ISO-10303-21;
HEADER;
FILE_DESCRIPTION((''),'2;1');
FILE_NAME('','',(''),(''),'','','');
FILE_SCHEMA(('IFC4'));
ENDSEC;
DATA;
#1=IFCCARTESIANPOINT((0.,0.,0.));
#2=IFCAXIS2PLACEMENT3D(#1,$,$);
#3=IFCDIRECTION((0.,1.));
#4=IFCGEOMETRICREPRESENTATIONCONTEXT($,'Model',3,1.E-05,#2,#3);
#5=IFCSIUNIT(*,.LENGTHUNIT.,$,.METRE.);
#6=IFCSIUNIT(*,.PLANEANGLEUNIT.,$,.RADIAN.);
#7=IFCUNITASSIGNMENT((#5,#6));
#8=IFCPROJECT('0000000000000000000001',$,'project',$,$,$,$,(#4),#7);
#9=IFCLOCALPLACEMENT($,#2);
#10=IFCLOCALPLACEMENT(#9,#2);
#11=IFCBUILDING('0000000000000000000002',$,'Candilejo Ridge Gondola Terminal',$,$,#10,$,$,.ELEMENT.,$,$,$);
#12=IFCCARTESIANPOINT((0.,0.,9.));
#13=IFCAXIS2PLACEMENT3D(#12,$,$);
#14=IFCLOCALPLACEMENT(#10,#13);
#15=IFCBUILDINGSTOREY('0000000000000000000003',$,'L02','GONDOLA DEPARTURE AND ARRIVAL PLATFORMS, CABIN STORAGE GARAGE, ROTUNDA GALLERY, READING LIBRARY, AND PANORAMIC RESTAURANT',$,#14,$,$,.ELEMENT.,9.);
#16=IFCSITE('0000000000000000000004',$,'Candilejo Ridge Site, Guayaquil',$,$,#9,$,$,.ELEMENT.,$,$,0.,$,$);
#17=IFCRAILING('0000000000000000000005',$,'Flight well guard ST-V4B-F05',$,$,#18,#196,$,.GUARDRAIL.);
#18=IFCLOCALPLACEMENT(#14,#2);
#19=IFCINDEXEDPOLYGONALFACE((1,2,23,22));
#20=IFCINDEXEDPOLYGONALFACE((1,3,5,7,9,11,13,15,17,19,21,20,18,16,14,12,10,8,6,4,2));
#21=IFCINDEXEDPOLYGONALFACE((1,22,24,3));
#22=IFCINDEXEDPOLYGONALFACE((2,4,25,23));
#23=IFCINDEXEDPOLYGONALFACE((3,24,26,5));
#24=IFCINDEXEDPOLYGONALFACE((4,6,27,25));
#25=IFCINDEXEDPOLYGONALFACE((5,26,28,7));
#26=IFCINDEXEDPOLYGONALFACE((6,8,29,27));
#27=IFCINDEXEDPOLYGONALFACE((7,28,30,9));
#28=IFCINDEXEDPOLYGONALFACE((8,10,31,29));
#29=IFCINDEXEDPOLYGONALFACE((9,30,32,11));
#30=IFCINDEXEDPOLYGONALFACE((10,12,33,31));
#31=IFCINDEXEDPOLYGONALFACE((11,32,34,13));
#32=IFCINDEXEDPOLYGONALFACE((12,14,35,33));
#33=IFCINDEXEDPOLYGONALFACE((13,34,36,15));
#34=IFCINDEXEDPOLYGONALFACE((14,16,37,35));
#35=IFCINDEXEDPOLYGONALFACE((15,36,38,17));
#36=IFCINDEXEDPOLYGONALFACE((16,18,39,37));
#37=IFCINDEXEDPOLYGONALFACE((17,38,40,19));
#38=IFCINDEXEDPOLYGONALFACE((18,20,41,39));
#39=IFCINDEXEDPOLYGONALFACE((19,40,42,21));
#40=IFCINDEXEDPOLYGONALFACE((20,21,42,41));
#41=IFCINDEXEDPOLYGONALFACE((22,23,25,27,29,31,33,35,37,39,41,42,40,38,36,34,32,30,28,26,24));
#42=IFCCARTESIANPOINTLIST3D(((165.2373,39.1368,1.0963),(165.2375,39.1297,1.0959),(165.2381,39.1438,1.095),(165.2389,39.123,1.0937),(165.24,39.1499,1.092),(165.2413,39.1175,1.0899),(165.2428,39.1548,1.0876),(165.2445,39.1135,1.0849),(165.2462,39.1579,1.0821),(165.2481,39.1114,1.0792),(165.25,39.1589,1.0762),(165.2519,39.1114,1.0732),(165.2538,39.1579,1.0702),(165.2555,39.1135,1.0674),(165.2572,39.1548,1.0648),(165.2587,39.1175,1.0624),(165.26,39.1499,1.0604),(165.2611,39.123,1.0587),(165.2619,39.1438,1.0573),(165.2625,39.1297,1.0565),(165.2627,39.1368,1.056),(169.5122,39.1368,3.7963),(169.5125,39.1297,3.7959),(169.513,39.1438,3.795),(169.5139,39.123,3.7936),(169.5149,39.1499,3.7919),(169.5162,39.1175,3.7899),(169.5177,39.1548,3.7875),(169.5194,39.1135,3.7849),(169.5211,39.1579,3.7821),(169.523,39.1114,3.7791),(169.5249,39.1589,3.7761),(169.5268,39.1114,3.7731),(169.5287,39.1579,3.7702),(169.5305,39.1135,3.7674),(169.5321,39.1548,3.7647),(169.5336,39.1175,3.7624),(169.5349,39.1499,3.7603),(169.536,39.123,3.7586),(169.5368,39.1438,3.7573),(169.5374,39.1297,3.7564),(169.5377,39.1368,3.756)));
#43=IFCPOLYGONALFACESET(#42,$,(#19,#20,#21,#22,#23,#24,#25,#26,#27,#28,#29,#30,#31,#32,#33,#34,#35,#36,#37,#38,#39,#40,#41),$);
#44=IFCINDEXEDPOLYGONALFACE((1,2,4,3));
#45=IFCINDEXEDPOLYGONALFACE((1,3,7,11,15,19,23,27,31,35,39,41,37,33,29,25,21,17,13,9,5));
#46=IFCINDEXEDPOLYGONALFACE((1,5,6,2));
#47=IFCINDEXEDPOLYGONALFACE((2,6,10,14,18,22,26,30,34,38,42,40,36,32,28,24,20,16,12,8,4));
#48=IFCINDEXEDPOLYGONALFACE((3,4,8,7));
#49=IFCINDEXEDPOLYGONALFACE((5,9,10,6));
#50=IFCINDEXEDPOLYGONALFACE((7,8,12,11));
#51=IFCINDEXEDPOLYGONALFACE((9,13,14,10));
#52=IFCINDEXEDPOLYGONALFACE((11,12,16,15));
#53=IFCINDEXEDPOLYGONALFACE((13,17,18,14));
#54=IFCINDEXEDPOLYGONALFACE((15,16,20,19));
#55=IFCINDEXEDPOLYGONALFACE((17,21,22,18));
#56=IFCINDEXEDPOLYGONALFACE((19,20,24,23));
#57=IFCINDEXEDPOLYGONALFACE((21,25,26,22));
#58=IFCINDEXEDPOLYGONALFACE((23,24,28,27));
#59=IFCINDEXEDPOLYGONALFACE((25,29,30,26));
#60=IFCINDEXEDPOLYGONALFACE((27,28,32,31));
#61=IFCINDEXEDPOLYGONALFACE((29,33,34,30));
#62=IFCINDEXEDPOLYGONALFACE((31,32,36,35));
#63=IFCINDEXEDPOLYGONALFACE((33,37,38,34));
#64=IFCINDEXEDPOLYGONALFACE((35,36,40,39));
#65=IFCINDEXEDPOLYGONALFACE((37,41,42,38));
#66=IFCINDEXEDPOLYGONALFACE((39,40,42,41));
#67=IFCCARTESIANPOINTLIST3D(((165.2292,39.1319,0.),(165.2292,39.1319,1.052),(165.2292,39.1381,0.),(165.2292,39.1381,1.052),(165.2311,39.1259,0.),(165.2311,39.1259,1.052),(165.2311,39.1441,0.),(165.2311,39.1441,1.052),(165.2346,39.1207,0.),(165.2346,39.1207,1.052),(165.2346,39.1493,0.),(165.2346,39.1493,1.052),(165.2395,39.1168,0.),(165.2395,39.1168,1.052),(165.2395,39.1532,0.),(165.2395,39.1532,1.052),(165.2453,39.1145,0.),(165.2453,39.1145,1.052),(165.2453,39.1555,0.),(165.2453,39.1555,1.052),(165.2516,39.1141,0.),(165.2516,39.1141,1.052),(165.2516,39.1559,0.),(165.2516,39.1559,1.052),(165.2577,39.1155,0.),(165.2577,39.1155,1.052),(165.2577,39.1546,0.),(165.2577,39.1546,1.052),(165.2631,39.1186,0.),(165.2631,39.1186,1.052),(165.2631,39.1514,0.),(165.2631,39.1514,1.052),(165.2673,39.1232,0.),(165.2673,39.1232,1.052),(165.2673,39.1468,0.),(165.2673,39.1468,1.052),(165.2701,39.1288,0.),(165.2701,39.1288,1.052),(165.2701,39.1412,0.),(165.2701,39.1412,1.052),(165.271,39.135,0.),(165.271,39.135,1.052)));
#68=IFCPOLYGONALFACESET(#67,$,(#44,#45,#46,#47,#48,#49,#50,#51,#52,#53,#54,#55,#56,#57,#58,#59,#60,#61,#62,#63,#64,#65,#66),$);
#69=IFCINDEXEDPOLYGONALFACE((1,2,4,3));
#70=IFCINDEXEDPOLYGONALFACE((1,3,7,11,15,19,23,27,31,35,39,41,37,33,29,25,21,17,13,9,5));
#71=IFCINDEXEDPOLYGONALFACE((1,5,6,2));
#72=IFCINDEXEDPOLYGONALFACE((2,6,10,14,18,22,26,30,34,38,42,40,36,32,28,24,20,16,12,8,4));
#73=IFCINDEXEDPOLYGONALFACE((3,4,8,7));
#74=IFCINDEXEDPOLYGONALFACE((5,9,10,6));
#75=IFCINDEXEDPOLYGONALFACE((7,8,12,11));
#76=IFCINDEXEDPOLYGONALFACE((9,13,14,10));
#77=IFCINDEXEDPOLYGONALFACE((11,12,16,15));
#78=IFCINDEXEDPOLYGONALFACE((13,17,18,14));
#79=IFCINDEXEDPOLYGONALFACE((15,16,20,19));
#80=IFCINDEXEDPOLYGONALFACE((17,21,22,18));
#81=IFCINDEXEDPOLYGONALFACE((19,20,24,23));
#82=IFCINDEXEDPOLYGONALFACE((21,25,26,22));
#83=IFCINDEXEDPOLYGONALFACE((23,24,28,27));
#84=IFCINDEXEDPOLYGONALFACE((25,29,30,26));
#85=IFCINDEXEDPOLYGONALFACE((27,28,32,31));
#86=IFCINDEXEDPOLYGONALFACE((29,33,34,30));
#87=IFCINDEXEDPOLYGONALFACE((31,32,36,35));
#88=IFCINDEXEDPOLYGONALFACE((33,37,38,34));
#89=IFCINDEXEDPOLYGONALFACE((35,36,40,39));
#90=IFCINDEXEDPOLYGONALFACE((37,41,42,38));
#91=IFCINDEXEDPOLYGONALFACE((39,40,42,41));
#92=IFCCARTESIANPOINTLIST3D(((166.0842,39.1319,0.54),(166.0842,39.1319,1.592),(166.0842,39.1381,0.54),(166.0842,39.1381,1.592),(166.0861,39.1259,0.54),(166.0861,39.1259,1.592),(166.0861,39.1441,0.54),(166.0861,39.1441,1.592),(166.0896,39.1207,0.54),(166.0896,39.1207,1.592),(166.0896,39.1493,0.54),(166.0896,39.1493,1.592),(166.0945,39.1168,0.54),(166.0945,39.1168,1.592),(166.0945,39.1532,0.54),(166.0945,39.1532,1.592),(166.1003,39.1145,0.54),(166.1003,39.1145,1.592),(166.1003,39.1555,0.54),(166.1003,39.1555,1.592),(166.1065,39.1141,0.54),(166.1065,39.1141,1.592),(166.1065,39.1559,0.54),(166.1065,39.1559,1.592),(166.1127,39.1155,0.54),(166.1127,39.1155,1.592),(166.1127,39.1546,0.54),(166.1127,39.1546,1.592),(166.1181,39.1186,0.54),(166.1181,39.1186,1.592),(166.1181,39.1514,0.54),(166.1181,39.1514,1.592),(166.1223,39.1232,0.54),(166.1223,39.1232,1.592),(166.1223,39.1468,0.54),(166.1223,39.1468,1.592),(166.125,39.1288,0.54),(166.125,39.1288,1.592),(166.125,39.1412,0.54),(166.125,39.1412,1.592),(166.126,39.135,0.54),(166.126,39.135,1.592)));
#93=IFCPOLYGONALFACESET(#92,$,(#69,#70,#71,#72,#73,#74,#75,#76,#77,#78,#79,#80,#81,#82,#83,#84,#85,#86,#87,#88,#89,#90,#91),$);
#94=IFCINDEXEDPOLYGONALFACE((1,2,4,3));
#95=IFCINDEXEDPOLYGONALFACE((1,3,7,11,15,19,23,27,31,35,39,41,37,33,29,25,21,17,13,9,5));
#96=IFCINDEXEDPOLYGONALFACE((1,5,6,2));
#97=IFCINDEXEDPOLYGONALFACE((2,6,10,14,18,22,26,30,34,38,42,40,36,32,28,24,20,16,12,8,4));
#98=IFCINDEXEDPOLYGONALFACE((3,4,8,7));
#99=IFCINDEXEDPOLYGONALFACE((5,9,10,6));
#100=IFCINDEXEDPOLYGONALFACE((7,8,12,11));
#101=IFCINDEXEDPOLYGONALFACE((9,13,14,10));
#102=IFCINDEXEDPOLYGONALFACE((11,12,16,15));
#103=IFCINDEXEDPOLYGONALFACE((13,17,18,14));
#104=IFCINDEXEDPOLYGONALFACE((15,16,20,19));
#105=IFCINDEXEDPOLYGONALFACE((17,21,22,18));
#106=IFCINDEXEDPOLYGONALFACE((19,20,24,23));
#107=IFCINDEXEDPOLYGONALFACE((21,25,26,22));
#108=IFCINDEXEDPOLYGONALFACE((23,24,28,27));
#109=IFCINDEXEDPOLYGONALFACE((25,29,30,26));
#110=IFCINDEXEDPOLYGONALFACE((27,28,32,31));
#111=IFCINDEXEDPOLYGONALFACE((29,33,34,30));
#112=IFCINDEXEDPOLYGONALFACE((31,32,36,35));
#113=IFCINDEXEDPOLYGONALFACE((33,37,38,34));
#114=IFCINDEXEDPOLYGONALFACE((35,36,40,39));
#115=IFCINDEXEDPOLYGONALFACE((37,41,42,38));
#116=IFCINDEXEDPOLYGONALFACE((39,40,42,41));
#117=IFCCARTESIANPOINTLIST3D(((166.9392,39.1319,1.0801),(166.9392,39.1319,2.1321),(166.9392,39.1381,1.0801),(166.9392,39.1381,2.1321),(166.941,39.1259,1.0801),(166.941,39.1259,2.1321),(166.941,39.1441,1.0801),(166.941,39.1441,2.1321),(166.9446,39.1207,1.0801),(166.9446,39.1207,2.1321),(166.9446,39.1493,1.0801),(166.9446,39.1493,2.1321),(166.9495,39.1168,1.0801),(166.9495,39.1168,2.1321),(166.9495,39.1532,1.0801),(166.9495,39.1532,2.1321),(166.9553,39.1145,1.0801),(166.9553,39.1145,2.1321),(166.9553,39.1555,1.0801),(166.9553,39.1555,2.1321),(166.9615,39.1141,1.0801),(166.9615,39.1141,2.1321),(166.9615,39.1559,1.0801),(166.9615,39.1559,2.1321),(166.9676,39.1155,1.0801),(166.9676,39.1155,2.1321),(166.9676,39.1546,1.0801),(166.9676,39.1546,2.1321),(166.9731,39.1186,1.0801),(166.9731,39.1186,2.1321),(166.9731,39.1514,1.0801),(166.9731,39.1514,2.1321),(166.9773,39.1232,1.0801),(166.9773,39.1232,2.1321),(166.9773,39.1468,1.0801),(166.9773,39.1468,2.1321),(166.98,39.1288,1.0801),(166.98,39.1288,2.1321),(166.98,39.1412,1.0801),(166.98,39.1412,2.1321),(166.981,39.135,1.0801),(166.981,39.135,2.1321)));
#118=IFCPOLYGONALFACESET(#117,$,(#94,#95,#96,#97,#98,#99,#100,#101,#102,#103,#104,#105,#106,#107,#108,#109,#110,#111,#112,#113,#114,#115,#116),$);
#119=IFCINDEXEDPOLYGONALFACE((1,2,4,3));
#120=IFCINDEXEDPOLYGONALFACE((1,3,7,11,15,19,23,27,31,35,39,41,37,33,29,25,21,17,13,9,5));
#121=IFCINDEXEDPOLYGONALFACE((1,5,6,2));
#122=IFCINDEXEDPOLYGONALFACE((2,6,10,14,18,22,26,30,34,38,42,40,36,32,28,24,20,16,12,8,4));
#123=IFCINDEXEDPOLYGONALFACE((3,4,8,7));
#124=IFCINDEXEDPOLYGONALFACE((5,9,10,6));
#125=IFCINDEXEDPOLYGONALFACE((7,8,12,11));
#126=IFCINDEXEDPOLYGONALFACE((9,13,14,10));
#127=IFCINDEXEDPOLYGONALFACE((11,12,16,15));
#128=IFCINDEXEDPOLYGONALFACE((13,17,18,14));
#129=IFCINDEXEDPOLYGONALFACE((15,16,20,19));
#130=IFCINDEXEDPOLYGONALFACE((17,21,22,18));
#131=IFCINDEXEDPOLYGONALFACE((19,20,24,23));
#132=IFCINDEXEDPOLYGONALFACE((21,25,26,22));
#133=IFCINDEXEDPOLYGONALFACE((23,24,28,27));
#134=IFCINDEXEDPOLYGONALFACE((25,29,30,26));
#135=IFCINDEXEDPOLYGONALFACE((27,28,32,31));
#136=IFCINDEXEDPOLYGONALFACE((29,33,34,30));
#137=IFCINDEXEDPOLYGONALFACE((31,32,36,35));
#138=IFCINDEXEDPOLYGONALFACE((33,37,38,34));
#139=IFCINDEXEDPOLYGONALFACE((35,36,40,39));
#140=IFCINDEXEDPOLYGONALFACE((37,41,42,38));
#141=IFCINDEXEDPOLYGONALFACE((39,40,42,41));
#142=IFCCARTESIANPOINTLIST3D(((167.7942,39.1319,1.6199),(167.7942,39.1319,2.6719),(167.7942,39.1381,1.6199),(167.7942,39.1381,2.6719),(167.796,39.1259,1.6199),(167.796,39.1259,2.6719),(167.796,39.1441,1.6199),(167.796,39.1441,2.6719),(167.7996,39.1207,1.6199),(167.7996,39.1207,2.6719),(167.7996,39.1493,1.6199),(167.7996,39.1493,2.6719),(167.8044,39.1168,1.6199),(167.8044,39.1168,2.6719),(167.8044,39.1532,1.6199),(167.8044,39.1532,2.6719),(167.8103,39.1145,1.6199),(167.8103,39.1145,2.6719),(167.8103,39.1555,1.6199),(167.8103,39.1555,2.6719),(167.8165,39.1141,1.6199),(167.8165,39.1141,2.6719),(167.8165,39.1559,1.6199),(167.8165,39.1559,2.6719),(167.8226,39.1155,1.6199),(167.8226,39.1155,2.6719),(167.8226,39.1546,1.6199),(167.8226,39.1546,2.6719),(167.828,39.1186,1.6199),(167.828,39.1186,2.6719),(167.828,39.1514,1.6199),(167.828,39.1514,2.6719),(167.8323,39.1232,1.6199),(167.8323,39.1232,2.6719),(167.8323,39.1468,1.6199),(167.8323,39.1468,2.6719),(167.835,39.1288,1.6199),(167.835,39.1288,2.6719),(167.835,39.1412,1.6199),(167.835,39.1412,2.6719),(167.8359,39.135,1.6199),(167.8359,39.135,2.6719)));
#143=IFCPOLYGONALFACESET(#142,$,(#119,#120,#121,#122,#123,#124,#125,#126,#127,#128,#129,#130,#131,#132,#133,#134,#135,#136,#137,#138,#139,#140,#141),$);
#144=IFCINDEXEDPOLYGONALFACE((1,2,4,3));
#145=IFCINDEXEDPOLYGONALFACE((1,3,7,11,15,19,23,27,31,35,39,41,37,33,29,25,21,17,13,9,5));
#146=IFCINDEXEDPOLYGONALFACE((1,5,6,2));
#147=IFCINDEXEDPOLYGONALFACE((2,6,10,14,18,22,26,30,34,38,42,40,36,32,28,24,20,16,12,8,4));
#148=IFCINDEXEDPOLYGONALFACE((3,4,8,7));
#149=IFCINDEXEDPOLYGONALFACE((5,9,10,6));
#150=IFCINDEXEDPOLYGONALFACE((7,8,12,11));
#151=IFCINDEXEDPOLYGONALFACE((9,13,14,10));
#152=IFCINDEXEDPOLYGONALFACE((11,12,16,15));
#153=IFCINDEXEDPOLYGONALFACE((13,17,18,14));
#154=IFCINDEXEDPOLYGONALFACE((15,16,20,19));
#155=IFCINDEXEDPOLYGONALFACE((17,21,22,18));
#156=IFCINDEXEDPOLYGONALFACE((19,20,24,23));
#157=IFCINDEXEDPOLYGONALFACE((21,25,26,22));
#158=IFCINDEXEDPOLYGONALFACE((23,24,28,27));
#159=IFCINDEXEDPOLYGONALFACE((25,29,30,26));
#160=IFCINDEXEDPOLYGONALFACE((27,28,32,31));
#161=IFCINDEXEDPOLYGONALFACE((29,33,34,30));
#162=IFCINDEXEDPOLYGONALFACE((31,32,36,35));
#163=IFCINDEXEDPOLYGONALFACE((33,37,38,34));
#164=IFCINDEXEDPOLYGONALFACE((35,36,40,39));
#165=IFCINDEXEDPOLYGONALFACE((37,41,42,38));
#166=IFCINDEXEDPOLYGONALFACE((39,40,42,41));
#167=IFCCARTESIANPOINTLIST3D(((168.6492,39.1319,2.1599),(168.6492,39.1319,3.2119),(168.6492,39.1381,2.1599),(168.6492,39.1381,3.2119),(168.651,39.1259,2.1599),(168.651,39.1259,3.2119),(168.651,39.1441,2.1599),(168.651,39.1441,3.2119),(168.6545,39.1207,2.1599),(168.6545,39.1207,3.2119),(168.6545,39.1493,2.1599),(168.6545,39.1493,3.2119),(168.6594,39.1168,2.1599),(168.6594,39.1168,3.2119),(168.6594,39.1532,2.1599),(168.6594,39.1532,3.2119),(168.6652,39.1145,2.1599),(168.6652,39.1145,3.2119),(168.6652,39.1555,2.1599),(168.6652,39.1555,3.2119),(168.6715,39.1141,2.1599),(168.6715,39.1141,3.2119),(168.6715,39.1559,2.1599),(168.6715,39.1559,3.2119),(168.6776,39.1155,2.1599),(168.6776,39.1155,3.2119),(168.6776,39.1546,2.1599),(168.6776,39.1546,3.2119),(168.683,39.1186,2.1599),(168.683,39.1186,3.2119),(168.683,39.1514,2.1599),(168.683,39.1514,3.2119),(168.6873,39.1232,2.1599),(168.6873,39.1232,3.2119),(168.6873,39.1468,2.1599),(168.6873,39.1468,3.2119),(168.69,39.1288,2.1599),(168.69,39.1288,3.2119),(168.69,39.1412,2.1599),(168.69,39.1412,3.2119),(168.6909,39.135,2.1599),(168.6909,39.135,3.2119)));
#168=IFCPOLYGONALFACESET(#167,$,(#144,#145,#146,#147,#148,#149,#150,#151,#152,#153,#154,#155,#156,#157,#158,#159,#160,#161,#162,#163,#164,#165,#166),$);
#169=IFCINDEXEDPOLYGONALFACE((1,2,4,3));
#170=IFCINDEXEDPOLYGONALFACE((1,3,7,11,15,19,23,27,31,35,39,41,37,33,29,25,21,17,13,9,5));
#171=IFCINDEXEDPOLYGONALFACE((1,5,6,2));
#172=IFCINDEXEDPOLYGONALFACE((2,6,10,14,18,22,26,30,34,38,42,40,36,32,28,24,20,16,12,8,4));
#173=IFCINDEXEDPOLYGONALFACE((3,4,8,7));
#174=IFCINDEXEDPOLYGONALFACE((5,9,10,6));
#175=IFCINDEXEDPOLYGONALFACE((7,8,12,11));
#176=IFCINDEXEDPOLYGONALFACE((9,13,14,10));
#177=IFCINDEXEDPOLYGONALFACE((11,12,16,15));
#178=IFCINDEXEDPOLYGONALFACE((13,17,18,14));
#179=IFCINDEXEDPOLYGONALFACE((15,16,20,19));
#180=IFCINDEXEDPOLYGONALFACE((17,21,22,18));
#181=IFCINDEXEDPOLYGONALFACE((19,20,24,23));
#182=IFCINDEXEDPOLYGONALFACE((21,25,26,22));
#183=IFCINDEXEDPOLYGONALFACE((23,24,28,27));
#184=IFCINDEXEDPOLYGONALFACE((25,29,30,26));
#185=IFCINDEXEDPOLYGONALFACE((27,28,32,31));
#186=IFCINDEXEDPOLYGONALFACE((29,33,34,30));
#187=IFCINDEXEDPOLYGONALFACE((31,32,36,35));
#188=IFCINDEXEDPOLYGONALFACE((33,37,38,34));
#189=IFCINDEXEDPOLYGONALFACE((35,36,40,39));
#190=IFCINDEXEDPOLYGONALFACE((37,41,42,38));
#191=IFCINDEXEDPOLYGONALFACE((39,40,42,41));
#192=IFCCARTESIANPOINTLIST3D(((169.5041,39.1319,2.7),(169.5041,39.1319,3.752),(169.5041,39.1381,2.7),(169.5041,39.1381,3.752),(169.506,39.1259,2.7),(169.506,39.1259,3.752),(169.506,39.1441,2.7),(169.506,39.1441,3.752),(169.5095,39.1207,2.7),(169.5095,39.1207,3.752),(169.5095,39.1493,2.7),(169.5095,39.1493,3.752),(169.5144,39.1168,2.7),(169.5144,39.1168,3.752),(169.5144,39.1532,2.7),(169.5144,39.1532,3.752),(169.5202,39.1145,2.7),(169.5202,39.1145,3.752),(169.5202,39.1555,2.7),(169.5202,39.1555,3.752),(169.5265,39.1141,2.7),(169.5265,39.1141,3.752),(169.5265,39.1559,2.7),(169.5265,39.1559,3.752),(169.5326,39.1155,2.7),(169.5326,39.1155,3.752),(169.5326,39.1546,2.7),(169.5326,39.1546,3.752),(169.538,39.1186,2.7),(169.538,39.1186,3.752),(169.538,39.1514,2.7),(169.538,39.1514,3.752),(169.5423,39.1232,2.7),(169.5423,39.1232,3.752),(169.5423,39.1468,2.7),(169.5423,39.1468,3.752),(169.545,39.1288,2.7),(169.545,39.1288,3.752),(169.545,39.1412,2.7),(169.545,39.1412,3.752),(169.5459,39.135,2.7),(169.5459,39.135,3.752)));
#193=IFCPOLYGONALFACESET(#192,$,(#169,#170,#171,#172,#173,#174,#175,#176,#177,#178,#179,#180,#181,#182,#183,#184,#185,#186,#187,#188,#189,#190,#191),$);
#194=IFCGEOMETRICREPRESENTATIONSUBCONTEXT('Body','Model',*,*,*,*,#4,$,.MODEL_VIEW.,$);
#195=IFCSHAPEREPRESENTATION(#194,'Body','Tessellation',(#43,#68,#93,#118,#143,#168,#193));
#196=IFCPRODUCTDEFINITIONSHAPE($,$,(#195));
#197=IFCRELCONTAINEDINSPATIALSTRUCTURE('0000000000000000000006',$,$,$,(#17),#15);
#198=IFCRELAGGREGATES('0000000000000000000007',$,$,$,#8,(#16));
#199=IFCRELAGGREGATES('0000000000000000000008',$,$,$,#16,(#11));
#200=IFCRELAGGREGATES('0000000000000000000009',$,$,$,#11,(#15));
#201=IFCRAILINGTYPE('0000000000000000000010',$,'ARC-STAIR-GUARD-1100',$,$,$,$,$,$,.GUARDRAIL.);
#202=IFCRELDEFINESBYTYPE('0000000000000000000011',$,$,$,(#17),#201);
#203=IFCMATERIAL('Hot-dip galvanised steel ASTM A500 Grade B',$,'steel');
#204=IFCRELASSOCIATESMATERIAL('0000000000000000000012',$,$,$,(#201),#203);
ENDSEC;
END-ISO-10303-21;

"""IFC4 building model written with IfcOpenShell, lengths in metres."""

from ifc_helpers import new_model, si_unit, direction, frame, origin, origin_2d, place, context, subcontext, project, spatial, circle, extrude, material, type_object, element, save


model = new_model("IFC4")

# Units and contexts
model_context = context("Model", 3, precision=1e-05, world=origin(), true_north=direction((0.0, 1.0)))
body_context = subcontext(model_context, "Body", "Model", "MODEL_VIEW")
ifc_project = project(units=[si_unit("LENGTHUNIT", "METRE"), si_unit("PLANEANGLEUNIT", "RADIAN")], contexts=[model_context])

# Site, building, storey
site_placement = place(None, origin())
site = spatial("IfcSite", under=ifc_project, at=site_placement, Name="Candilejo Ridge Site, Guayaquil", CompositionType="ELEMENT", RefElevation=0.0)
building_placement = place(site_placement, origin())
building = spatial("IfcBuilding", under=site, at=building_placement, Name="Candilejo Ridge Gondola Terminal", CompositionType="ELEMENT")
storey_placement = place(building_placement, frame((0.0, 0.0, 9.0)))
storey = spatial("IfcBuildingStorey", under=building, at=storey_placement, Name="L02", Description="GONDOLA DEPARTURE AND ARRIVAL PLATFORMS, CABIN STORAGE GARAGE, ROTUNDA GALLERY, READING LIBRARY, AND PANORAMIC RESTAURANT", CompositionType="ELEMENT", Elevation=9.0)

# Railing
ifc_material_1 = material(Name="Hot-dip galvanised steel ASTM A500 Grade B", Category="steel")
railing_type_1 = type_object("IfcRailingType", Name="ARC-STAIR-GUARD-1100", PredefinedType="GUARDRAIL", material=ifc_material_1)
railing_1_placement = place(storey_placement, frame((165.25, 39.135, 0.0)))
element("IfcRailing", 1, at=railing_1_placement, inside=storey, type_object=railing_type_1, Name="Flight well guard ST-V4B-F05", PredefinedType="GUARDRAIL", context=body_context, shape_type="SweptSolid", body=[
    extrude(circle(Radius=0.0239, at=origin_2d()), frame((0.0, 0.0, 1.0762), z_axis=(0.845488, 0.0, 0.533995), x_axis=(0.0, 1.0, 0.0)), (0.0, 0.0, 1.0), 5.0562),
    extrude(circle(Radius=0.021, at=origin_2d()), origin(), (0.0, 0.0, 1.0), 1.052),
    extrude(circle(Radius=0.021, at=origin_2d()), frame((0.855, 0.0, 0.54)), (0.0, 0.0, 1.0), 1.052),
    extrude(circle(Radius=0.021, at=origin_2d()), frame((1.71, 0.0, 1.0801)), (0.0, 0.0, 1.0), 1.052),
    extrude(circle(Radius=0.021, at=origin_2d()), frame((2.5649, 0.0, 1.6199)), (0.0, 0.0, 1.0), 1.052),
    extrude(circle(Radius=0.021, at=origin_2d()), frame((3.4199, 0.0, 2.1599)), (0.0, 0.0, 1.0), 1.052),
    extrude(circle(Radius=0.021, at=origin_2d()), frame((4.2749, 0.0, 2.7)), (0.0, 0.0, 1.0), 1.052),
])

save(model, "model.ifc")
